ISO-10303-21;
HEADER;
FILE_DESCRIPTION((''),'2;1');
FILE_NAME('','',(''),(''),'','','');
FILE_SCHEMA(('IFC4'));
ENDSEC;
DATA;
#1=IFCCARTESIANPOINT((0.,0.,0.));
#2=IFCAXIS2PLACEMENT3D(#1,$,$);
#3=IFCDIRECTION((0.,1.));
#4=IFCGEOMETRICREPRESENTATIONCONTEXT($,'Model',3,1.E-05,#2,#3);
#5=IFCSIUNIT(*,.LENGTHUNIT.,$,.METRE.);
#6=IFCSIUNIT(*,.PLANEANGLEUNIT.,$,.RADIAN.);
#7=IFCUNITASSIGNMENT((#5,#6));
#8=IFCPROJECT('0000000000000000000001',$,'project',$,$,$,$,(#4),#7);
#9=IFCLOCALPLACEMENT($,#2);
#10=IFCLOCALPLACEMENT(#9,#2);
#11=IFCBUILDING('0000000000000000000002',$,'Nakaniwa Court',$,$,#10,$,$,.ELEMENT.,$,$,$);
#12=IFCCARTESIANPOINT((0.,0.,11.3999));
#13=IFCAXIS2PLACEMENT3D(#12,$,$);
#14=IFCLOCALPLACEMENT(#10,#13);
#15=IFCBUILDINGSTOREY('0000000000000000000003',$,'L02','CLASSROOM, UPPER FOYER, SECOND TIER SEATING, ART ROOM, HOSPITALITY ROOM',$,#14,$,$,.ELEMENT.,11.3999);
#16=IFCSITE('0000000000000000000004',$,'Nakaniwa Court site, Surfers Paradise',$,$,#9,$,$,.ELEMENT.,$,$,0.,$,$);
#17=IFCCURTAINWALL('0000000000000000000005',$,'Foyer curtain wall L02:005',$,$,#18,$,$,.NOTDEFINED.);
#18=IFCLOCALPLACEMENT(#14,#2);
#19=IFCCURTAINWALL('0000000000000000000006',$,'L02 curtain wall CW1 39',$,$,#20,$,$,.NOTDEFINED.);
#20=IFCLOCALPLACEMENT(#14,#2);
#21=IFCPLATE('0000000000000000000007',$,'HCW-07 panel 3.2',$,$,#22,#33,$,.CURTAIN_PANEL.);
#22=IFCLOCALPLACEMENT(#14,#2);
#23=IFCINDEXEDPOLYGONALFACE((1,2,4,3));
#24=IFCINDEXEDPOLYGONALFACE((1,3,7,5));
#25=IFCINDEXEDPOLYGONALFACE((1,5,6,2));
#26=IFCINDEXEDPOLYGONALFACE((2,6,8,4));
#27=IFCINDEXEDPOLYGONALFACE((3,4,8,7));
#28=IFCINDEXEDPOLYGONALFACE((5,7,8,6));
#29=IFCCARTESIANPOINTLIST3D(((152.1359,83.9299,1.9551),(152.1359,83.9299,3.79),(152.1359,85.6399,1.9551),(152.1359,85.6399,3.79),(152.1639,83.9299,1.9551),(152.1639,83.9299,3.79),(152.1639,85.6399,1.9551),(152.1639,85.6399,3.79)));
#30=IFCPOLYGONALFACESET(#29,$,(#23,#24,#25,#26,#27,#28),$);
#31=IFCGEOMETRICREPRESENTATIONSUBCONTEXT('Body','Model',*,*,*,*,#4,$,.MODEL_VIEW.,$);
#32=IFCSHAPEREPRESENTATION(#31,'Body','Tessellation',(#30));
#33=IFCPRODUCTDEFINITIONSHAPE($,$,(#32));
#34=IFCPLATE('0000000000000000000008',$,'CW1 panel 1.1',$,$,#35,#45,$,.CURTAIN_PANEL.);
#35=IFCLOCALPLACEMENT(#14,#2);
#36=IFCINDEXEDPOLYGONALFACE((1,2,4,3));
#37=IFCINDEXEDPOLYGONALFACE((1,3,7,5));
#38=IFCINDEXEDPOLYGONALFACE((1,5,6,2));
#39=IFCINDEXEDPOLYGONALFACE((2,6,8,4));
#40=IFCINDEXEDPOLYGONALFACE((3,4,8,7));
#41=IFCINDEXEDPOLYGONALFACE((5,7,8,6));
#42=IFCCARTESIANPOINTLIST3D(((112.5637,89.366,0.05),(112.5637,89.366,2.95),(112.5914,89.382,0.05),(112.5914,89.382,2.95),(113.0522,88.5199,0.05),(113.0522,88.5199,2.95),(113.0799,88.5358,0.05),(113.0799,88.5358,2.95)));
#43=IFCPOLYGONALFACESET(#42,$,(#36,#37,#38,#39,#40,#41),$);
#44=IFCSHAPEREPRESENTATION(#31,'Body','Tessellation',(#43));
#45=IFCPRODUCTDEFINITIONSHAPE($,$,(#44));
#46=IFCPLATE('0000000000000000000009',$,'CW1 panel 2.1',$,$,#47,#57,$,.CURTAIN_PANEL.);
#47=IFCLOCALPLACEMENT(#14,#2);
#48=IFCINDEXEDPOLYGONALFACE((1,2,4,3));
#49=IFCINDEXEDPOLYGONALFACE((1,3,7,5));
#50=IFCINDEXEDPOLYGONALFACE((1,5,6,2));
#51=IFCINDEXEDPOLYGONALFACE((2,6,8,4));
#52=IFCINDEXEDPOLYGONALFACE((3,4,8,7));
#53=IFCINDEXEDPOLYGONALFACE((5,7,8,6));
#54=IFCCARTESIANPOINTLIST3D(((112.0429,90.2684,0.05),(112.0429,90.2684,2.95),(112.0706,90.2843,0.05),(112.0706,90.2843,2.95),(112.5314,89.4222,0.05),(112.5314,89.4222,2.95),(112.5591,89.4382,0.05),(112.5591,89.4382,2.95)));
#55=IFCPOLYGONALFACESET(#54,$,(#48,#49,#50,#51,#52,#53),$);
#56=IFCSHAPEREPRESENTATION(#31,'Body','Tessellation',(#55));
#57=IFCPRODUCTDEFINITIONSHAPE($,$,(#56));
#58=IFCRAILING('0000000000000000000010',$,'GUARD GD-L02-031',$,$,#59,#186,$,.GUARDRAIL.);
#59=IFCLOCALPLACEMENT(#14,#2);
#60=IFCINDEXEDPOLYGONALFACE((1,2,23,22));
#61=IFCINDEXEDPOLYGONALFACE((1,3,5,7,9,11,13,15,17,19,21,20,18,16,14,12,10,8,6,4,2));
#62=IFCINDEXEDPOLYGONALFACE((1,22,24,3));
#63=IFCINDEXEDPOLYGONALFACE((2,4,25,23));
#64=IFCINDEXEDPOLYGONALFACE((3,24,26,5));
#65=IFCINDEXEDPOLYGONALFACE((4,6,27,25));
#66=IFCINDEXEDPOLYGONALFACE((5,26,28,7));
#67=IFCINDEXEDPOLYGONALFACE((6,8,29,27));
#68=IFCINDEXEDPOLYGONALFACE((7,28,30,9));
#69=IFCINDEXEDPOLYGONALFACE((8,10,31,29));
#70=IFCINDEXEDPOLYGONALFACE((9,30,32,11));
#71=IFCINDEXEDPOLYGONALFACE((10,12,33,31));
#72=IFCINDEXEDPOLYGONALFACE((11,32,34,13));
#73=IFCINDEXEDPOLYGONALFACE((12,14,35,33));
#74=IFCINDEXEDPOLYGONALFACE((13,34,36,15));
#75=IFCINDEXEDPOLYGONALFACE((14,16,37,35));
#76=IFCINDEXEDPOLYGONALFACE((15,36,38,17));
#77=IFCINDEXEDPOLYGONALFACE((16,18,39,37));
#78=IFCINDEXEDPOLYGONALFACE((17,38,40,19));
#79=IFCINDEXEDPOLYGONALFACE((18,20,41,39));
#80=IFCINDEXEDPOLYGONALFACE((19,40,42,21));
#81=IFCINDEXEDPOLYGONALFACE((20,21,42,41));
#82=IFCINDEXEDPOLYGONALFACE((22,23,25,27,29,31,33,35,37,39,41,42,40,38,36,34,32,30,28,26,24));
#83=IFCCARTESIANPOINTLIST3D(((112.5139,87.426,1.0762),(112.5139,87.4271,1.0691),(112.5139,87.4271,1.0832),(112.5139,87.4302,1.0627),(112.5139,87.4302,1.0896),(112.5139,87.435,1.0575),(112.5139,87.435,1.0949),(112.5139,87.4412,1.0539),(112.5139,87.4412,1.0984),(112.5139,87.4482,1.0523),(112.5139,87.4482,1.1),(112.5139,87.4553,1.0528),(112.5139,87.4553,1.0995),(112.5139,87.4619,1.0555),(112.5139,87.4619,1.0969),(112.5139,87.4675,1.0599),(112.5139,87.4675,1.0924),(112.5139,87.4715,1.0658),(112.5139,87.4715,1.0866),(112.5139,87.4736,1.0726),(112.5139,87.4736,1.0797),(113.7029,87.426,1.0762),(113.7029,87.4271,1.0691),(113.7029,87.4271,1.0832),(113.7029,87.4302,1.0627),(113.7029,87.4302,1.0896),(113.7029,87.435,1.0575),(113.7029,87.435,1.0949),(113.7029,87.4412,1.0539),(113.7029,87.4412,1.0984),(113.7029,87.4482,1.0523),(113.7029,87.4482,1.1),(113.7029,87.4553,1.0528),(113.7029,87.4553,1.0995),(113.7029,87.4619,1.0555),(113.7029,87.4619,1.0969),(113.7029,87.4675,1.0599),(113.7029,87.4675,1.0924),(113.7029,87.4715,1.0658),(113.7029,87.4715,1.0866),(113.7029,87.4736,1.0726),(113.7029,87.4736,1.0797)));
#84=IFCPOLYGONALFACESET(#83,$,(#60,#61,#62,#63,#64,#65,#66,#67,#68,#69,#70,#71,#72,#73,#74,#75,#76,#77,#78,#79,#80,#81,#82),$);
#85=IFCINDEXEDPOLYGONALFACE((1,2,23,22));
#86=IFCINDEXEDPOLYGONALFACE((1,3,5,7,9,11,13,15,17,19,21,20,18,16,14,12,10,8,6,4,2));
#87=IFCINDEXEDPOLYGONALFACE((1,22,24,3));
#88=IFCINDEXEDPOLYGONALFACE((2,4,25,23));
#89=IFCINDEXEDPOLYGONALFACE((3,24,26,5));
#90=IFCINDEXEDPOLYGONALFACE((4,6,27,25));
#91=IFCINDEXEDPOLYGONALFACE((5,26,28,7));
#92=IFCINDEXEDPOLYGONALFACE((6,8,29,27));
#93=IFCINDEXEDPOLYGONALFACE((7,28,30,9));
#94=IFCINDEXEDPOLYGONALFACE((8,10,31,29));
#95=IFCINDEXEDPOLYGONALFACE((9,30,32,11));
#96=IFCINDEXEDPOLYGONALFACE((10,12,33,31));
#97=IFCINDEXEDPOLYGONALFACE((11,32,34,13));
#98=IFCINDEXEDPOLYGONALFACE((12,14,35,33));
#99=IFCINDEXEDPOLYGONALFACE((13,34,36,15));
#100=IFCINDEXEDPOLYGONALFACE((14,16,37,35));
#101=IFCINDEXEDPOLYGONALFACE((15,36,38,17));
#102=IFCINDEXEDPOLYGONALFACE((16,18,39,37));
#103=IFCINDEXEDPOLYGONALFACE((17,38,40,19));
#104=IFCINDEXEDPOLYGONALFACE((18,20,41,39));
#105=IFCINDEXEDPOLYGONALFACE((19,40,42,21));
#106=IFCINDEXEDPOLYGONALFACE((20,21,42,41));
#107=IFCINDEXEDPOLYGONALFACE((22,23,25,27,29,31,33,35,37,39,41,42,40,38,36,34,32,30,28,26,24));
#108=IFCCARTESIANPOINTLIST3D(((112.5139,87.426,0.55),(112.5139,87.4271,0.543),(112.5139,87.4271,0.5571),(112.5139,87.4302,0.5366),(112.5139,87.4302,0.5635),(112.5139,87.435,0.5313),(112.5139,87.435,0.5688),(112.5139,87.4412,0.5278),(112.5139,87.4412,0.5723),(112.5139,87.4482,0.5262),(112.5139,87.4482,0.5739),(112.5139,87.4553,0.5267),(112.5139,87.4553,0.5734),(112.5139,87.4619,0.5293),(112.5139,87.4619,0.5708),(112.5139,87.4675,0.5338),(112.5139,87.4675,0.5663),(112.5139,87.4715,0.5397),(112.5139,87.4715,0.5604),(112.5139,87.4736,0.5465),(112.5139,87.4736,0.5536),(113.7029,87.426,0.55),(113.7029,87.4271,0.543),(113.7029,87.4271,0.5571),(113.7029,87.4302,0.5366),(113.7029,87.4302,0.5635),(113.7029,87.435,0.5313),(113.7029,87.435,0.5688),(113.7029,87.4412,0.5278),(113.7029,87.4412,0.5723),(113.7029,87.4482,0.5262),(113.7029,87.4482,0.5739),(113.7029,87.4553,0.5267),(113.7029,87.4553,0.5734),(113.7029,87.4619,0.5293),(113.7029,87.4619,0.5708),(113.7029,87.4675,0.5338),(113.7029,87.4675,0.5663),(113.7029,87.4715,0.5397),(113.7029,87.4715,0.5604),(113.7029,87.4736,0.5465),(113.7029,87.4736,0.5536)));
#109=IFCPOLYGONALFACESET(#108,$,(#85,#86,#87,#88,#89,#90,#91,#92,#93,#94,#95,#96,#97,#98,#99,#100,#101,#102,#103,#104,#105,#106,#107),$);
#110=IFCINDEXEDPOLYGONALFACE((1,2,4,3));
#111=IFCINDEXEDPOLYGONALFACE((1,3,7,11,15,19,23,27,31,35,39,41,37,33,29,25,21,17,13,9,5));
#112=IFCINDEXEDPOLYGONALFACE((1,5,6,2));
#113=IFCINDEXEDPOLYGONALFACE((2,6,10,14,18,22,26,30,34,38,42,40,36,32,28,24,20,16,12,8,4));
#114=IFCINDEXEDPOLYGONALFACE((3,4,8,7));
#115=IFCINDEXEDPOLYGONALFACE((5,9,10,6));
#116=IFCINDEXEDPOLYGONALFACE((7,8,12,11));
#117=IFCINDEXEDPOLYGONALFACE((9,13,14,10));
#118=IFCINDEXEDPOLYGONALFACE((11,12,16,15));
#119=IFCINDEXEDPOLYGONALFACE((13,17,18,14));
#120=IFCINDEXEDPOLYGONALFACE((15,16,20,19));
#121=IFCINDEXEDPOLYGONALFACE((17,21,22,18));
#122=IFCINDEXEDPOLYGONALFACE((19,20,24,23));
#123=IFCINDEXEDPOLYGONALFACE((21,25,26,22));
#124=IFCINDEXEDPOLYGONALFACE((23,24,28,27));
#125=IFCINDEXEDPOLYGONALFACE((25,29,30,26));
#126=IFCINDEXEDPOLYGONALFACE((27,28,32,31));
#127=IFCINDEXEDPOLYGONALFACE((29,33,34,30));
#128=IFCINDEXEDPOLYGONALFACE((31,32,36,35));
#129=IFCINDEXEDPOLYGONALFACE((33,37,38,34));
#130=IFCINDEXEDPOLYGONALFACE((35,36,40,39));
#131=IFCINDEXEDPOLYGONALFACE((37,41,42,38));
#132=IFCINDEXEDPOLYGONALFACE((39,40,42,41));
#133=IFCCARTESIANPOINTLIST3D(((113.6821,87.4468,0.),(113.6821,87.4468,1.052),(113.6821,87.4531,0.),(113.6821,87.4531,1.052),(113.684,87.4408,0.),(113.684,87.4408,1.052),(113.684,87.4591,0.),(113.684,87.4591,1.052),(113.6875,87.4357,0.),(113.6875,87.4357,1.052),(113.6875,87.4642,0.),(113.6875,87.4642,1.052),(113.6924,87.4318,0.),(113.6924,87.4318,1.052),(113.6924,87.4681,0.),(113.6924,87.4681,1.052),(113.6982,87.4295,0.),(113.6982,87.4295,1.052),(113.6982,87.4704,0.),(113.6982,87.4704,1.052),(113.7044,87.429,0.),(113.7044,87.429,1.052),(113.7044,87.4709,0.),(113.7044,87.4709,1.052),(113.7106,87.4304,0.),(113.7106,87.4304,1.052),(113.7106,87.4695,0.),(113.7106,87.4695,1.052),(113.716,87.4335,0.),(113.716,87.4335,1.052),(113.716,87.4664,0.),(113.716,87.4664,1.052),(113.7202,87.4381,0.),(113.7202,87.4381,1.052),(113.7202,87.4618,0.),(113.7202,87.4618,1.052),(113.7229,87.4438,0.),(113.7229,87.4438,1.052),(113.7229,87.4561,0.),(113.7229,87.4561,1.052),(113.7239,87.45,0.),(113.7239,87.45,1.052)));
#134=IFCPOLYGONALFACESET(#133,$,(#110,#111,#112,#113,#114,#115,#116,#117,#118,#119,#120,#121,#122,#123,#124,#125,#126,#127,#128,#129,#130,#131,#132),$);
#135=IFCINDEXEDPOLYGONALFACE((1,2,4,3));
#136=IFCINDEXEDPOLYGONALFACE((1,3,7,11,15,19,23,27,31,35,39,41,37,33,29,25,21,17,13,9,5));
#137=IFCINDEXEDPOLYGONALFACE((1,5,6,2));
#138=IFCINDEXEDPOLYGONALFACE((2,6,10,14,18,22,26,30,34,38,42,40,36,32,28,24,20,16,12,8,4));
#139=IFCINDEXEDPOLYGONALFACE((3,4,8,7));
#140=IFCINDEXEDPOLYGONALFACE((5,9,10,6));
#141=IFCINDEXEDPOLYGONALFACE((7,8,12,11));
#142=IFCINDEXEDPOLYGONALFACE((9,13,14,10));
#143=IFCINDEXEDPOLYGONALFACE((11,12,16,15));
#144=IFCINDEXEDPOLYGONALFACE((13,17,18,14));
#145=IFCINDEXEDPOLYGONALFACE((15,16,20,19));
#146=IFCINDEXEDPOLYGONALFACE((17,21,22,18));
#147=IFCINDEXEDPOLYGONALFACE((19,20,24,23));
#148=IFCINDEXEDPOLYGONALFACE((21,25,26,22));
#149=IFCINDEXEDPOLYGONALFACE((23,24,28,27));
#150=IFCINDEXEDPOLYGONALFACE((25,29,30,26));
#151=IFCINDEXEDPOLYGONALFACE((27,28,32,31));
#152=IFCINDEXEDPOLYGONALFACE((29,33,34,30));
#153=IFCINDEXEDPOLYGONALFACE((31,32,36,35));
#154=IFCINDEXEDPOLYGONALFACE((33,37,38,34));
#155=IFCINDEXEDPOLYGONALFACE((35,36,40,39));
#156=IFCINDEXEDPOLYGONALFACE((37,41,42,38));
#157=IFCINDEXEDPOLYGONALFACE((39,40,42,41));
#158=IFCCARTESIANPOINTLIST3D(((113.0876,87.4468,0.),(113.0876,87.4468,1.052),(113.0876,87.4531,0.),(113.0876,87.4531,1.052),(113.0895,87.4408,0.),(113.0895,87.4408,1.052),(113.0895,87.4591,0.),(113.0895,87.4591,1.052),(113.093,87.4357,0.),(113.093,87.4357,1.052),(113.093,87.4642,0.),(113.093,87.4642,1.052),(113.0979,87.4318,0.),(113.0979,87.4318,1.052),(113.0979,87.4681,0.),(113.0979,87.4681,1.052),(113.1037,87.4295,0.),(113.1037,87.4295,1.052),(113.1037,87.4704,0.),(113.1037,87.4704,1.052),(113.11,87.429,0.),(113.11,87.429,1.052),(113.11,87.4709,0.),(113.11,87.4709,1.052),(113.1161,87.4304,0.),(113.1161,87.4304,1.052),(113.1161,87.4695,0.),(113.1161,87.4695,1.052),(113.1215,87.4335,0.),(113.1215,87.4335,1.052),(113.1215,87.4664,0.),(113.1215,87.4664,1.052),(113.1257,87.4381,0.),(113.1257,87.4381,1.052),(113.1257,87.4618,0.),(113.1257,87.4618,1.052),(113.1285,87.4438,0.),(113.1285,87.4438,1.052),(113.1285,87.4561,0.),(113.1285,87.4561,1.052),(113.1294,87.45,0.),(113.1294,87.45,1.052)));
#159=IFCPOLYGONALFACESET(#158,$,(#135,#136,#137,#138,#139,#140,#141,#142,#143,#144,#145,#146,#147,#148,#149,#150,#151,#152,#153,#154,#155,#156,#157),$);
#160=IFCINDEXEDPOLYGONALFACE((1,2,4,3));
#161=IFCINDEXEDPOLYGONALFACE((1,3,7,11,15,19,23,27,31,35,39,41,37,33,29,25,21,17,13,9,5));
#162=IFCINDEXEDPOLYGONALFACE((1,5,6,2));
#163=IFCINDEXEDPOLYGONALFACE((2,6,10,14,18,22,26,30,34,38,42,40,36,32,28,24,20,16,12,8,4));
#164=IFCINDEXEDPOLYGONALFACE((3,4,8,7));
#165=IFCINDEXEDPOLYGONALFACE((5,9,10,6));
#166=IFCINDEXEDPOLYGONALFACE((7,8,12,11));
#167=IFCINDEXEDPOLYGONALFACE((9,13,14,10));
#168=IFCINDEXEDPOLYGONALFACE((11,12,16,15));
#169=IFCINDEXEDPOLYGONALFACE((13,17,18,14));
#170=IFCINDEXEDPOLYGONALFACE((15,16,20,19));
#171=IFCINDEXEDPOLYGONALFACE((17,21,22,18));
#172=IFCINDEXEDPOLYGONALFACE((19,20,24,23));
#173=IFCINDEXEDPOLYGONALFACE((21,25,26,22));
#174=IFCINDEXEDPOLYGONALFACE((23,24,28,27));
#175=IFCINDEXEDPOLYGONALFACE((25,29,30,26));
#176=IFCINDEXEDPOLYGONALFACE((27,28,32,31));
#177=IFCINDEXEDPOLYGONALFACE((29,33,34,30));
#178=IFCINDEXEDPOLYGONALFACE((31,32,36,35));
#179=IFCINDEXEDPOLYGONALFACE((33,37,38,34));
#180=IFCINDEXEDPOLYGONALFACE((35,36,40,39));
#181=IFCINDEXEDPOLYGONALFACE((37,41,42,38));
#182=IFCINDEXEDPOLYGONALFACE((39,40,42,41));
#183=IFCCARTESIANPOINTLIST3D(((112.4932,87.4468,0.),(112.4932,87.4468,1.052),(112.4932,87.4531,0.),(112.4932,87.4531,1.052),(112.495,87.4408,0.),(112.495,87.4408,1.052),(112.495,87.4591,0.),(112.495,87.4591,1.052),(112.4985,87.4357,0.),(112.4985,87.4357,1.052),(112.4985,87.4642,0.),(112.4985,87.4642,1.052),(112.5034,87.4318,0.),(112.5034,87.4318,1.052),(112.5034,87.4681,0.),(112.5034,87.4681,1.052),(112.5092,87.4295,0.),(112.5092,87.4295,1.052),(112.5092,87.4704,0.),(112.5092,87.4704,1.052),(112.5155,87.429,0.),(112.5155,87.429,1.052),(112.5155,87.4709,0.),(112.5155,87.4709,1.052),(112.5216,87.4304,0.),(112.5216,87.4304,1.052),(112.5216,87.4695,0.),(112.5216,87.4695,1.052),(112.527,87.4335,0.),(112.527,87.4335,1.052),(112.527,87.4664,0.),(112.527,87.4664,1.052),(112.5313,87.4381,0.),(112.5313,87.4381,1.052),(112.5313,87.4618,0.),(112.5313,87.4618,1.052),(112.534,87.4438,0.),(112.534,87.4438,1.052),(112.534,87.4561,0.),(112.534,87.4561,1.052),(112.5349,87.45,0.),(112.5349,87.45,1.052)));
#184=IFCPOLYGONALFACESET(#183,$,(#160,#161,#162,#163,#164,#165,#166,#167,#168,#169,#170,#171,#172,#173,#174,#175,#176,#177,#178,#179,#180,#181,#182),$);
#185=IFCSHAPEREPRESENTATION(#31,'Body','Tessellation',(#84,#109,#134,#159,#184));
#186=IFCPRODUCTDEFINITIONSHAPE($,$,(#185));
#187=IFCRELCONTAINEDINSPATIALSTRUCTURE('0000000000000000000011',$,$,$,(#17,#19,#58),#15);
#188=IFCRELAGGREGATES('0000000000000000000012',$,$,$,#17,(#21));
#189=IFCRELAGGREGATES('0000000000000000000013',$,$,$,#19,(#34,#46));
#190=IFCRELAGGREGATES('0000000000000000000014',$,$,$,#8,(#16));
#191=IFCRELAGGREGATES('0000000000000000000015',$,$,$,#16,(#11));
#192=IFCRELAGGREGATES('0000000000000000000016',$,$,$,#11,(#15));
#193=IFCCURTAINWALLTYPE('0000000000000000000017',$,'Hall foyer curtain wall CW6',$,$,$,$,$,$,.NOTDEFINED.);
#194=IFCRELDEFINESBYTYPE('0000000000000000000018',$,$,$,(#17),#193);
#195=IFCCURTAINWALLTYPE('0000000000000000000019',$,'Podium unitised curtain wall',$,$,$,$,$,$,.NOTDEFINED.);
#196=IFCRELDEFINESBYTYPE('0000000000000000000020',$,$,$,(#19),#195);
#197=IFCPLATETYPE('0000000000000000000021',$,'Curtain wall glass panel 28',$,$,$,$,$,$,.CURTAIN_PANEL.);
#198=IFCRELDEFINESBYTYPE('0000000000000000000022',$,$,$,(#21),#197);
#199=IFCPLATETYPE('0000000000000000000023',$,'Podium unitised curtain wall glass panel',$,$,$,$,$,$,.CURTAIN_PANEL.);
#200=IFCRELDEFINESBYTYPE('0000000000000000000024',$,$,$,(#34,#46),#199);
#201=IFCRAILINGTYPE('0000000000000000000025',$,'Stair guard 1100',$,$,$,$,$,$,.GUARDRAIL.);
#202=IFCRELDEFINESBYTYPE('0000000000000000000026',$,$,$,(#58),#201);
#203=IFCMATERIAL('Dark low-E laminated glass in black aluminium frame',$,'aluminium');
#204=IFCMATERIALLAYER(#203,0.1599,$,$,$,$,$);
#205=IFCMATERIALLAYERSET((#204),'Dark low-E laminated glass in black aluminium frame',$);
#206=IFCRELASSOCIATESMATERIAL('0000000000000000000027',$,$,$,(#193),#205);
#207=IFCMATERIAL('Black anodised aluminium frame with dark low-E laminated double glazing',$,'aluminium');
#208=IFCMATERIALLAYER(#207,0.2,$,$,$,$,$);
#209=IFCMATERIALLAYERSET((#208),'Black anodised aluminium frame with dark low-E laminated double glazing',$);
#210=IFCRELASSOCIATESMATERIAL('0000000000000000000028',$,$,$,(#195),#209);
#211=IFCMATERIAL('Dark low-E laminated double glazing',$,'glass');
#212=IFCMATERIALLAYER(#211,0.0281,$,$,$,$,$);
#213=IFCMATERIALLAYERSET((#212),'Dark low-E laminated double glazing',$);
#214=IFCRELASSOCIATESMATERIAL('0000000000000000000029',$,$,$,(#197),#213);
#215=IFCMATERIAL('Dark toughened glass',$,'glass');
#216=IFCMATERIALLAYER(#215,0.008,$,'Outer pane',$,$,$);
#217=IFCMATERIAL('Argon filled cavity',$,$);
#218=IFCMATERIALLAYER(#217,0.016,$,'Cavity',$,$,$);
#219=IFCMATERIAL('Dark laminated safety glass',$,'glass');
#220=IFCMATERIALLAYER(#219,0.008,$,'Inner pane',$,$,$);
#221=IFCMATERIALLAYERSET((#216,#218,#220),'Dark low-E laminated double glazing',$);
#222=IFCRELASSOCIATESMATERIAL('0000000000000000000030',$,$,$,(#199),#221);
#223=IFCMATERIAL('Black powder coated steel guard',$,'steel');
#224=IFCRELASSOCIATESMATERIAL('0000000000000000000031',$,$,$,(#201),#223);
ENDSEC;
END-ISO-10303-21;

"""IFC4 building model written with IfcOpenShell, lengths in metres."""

from ifc_helpers import new_model, si_unit, direction, frame, origin, origin_2d, place, context, subcontext, project, spatial, rectangle, circle, extrude, material, layer, layer_set, type_object, element, aggregate, save


model = new_model("IFC4")

# Units and contexts
model_context = context("Model", 3, precision=1e-05, world=origin(), true_north=direction((0.0, 1.0)))
body_context = subcontext(model_context, "Body", "Model", "MODEL_VIEW")
ifc_project = project(units=[si_unit("LENGTHUNIT", "METRE"), si_unit("PLANEANGLEUNIT", "RADIAN")], contexts=[model_context])

# Site, building, storey
site_placement = place(None, origin())
site = spatial("IfcSite", under=ifc_project, at=site_placement, Name="Nakaniwa Court site, Surfers Paradise", CompositionType="ELEMENT", RefElevation=0.0)
building_placement = place(site_placement, origin())
building = spatial("IfcBuilding", under=site, at=building_placement, Name="Nakaniwa Court", CompositionType="ELEMENT")
storey_placement = place(building_placement, frame((0.0, 0.0, 11.3999)))
storey = spatial("IfcBuildingStorey", under=building, at=storey_placement, Name="L02", Description="CLASSROOM, UPPER FOYER, SECOND TIER SEATING, ART ROOM, HOSPITALITY ROOM", CompositionType="ELEMENT", Elevation=11.3999)

# Curtain wall
ifc_material_1 = material(Name="Dark low-E laminated glass in black aluminium frame", Category="aluminium")
ifc_layer_1 = layer(ifc_material_1, 0.1599)
ifc_layer_set_1 = layer_set([ifc_layer_1], Name="Dark low-E laminated glass in black aluminium frame")
curtain_wall_type_1 = type_object("IfcCurtainWallType", Name="Hall foyer curtain wall CW6", PredefinedType="NOTDEFINED", material=ifc_layer_set_1)
curtain_wall_1_placement = place(storey_placement, origin())
curtain_wall_1 = element("IfcCurtainWall", 1, at=curtain_wall_1_placement, inside=storey, type_object=curtain_wall_type_1, Name="Foyer curtain wall L02:005", PredefinedType="NOTDEFINED")

# Shared definitions
ifc_material_2 = material(Name="Black anodised aluminium frame with dark low-E laminated double glazing", Category="aluminium")
ifc_layer_2 = layer(ifc_material_2, 0.2)
ifc_layer_set_2 = layer_set([ifc_layer_2], Name="Black anodised aluminium frame with dark low-E laminated double glazing")
curtain_wall_type_2 = type_object("IfcCurtainWallType", Name="Podium unitised curtain wall", PredefinedType="NOTDEFINED", material=ifc_layer_set_2)

# Curtain wall
curtain_wall_2_placement = place(storey_placement, origin())
curtain_wall_2 = element("IfcCurtainWall", 2, at=curtain_wall_2_placement, inside=storey, type_object=curtain_wall_type_2, Name="L02 curtain wall CW1 39", PredefinedType="NOTDEFINED")

# Plates
ifc_material_3 = material(Name="Dark low-E laminated double glazing", Category="glass")
ifc_layer_3 = layer(ifc_material_3, 0.0281)
ifc_layer_set_3 = layer_set([ifc_layer_3], Name="Dark low-E laminated double glazing")
plate_type_1 = type_object("IfcPlateType", Name="Curtain wall glass panel 28", PredefinedType="CURTAIN_PANEL", material=ifc_layer_set_3)
plate_1_placement = place(storey_placement, frame((152.1499, 84.7849, 1.9551), z_axis=(0.0, 0.0, 1.0), x_axis=(0.0, 1.0, 0.0)))
plate_1 = element("IfcPlate", 3, at=plate_1_placement, type_object=plate_type_1, Name="HCW-07 panel 3.2", PredefinedType="CURTAIN_PANEL", context=body_context, shape_type="SweptSolid", body=[
    extrude(rectangle(XDim=1.71, YDim=0.0281, at=origin_2d()), origin(), (0.0, 0.0, 1.0), 1.835),
])
aggregate(curtain_wall_1, [plate_1])
ifc_material_4 = material(Name="Dark toughened glass", Category="glass")
ifc_layer_4 = layer(ifc_material_4, 0.008, Name="Outer pane")
ifc_material_5 = material(Name="Argon filled cavity")
ifc_layer_5 = layer(ifc_material_5, 0.016, Name="Cavity")
ifc_material_6 = material(Name="Dark laminated safety glass", Category="glass")
ifc_layer_6 = layer(ifc_material_6, 0.008, Name="Inner pane")
ifc_layer_set_4 = layer_set([ifc_layer_4, ifc_layer_5, ifc_layer_6], Name="Dark low-E laminated double glazing")
plate_type_2 = type_object("IfcPlateType", Name="Podium unitised curtain wall glass panel", PredefinedType="CURTAIN_PANEL", material=ifc_layer_set_4)
plate_2_placement = place(storey_placement, frame((112.8218, 88.9509, 0.05), z_axis=(0.0, 0.0, 1.0), x_axis=(-0.499983, 0.866035, 0.0)))
plate_2 = element("IfcPlate", 4, at=plate_2_placement, type_object=plate_type_2, Name="CW1 panel 1.1", PredefinedType="CURTAIN_PANEL", context=body_context, shape_type="SweptSolid", body=[
    extrude(rectangle(XDim=0.9771, YDim=0.032, at=origin_2d()), origin(), (0.0, 0.0, 1.0), 2.8999),
])
plate_3_placement = place(storey_placement, frame((112.301, 89.8533, 0.05), z_axis=(0.0, 0.0, 1.0), x_axis=(-0.499983, 0.866035, 0.0)))
plate_3 = element("IfcPlate", 5, at=plate_3_placement, type_object=plate_type_2, Name="CW1 panel 2.1", PredefinedType="CURTAIN_PANEL", context=body_context, shape_type="SweptSolid", body=[
    extrude(rectangle(XDim=0.9771, YDim=0.032, at=origin_2d()), origin(), (0.0, 0.0, 1.0), 2.8999),
])
aggregate(curtain_wall_2, [plate_2, plate_3])

# Railing
ifc_material_7 = material(Name="Black powder coated steel guard", Category="steel")
railing_type = type_object("IfcRailingType", Name="Stair guard 1100", PredefinedType="GUARDRAIL", material=ifc_material_7)
railing_placement = place(storey_placement, frame((113.7029, 87.45, 0.0)))
element("IfcRailing", 6, at=railing_placement, inside=storey, type_object=railing_type, Name="GUARD GD-L02-031", PredefinedType="GUARDRAIL", context=body_context, shape_type="SweptSolid", body=[
    extrude(circle(Radius=0.0239, at=origin_2d()), frame((0.0, 0.0, 1.0762), z_axis=(-1.0, 0.0, 0.0), x_axis=(0.0, -1.0, 0.0)), (0.0, 0.0, 1.0), 1.189),
    extrude(circle(Radius=0.0239, at=origin_2d()), frame((0.0, 0.0, 0.55), z_axis=(-1.0, 0.0, 0.0), x_axis=(0.0, -1.0, 0.0)), (0.0, 0.0, 1.0), 1.189),
    extrude(circle(Radius=0.021, at=origin_2d()), origin(), (0.0, 0.0, 1.0), 1.052),
    extrude(circle(Radius=0.021, at=origin_2d()), frame((-0.5945, 0.0, 0.0)), (0.0, 0.0, 1.0), 1.052),
    extrude(circle(Radius=0.021, at=origin_2d()), frame((-1.189, 0.0, 0.0)), (0.0, 0.0, 1.0), 1.052),
])

save(model, "model.ifc")
